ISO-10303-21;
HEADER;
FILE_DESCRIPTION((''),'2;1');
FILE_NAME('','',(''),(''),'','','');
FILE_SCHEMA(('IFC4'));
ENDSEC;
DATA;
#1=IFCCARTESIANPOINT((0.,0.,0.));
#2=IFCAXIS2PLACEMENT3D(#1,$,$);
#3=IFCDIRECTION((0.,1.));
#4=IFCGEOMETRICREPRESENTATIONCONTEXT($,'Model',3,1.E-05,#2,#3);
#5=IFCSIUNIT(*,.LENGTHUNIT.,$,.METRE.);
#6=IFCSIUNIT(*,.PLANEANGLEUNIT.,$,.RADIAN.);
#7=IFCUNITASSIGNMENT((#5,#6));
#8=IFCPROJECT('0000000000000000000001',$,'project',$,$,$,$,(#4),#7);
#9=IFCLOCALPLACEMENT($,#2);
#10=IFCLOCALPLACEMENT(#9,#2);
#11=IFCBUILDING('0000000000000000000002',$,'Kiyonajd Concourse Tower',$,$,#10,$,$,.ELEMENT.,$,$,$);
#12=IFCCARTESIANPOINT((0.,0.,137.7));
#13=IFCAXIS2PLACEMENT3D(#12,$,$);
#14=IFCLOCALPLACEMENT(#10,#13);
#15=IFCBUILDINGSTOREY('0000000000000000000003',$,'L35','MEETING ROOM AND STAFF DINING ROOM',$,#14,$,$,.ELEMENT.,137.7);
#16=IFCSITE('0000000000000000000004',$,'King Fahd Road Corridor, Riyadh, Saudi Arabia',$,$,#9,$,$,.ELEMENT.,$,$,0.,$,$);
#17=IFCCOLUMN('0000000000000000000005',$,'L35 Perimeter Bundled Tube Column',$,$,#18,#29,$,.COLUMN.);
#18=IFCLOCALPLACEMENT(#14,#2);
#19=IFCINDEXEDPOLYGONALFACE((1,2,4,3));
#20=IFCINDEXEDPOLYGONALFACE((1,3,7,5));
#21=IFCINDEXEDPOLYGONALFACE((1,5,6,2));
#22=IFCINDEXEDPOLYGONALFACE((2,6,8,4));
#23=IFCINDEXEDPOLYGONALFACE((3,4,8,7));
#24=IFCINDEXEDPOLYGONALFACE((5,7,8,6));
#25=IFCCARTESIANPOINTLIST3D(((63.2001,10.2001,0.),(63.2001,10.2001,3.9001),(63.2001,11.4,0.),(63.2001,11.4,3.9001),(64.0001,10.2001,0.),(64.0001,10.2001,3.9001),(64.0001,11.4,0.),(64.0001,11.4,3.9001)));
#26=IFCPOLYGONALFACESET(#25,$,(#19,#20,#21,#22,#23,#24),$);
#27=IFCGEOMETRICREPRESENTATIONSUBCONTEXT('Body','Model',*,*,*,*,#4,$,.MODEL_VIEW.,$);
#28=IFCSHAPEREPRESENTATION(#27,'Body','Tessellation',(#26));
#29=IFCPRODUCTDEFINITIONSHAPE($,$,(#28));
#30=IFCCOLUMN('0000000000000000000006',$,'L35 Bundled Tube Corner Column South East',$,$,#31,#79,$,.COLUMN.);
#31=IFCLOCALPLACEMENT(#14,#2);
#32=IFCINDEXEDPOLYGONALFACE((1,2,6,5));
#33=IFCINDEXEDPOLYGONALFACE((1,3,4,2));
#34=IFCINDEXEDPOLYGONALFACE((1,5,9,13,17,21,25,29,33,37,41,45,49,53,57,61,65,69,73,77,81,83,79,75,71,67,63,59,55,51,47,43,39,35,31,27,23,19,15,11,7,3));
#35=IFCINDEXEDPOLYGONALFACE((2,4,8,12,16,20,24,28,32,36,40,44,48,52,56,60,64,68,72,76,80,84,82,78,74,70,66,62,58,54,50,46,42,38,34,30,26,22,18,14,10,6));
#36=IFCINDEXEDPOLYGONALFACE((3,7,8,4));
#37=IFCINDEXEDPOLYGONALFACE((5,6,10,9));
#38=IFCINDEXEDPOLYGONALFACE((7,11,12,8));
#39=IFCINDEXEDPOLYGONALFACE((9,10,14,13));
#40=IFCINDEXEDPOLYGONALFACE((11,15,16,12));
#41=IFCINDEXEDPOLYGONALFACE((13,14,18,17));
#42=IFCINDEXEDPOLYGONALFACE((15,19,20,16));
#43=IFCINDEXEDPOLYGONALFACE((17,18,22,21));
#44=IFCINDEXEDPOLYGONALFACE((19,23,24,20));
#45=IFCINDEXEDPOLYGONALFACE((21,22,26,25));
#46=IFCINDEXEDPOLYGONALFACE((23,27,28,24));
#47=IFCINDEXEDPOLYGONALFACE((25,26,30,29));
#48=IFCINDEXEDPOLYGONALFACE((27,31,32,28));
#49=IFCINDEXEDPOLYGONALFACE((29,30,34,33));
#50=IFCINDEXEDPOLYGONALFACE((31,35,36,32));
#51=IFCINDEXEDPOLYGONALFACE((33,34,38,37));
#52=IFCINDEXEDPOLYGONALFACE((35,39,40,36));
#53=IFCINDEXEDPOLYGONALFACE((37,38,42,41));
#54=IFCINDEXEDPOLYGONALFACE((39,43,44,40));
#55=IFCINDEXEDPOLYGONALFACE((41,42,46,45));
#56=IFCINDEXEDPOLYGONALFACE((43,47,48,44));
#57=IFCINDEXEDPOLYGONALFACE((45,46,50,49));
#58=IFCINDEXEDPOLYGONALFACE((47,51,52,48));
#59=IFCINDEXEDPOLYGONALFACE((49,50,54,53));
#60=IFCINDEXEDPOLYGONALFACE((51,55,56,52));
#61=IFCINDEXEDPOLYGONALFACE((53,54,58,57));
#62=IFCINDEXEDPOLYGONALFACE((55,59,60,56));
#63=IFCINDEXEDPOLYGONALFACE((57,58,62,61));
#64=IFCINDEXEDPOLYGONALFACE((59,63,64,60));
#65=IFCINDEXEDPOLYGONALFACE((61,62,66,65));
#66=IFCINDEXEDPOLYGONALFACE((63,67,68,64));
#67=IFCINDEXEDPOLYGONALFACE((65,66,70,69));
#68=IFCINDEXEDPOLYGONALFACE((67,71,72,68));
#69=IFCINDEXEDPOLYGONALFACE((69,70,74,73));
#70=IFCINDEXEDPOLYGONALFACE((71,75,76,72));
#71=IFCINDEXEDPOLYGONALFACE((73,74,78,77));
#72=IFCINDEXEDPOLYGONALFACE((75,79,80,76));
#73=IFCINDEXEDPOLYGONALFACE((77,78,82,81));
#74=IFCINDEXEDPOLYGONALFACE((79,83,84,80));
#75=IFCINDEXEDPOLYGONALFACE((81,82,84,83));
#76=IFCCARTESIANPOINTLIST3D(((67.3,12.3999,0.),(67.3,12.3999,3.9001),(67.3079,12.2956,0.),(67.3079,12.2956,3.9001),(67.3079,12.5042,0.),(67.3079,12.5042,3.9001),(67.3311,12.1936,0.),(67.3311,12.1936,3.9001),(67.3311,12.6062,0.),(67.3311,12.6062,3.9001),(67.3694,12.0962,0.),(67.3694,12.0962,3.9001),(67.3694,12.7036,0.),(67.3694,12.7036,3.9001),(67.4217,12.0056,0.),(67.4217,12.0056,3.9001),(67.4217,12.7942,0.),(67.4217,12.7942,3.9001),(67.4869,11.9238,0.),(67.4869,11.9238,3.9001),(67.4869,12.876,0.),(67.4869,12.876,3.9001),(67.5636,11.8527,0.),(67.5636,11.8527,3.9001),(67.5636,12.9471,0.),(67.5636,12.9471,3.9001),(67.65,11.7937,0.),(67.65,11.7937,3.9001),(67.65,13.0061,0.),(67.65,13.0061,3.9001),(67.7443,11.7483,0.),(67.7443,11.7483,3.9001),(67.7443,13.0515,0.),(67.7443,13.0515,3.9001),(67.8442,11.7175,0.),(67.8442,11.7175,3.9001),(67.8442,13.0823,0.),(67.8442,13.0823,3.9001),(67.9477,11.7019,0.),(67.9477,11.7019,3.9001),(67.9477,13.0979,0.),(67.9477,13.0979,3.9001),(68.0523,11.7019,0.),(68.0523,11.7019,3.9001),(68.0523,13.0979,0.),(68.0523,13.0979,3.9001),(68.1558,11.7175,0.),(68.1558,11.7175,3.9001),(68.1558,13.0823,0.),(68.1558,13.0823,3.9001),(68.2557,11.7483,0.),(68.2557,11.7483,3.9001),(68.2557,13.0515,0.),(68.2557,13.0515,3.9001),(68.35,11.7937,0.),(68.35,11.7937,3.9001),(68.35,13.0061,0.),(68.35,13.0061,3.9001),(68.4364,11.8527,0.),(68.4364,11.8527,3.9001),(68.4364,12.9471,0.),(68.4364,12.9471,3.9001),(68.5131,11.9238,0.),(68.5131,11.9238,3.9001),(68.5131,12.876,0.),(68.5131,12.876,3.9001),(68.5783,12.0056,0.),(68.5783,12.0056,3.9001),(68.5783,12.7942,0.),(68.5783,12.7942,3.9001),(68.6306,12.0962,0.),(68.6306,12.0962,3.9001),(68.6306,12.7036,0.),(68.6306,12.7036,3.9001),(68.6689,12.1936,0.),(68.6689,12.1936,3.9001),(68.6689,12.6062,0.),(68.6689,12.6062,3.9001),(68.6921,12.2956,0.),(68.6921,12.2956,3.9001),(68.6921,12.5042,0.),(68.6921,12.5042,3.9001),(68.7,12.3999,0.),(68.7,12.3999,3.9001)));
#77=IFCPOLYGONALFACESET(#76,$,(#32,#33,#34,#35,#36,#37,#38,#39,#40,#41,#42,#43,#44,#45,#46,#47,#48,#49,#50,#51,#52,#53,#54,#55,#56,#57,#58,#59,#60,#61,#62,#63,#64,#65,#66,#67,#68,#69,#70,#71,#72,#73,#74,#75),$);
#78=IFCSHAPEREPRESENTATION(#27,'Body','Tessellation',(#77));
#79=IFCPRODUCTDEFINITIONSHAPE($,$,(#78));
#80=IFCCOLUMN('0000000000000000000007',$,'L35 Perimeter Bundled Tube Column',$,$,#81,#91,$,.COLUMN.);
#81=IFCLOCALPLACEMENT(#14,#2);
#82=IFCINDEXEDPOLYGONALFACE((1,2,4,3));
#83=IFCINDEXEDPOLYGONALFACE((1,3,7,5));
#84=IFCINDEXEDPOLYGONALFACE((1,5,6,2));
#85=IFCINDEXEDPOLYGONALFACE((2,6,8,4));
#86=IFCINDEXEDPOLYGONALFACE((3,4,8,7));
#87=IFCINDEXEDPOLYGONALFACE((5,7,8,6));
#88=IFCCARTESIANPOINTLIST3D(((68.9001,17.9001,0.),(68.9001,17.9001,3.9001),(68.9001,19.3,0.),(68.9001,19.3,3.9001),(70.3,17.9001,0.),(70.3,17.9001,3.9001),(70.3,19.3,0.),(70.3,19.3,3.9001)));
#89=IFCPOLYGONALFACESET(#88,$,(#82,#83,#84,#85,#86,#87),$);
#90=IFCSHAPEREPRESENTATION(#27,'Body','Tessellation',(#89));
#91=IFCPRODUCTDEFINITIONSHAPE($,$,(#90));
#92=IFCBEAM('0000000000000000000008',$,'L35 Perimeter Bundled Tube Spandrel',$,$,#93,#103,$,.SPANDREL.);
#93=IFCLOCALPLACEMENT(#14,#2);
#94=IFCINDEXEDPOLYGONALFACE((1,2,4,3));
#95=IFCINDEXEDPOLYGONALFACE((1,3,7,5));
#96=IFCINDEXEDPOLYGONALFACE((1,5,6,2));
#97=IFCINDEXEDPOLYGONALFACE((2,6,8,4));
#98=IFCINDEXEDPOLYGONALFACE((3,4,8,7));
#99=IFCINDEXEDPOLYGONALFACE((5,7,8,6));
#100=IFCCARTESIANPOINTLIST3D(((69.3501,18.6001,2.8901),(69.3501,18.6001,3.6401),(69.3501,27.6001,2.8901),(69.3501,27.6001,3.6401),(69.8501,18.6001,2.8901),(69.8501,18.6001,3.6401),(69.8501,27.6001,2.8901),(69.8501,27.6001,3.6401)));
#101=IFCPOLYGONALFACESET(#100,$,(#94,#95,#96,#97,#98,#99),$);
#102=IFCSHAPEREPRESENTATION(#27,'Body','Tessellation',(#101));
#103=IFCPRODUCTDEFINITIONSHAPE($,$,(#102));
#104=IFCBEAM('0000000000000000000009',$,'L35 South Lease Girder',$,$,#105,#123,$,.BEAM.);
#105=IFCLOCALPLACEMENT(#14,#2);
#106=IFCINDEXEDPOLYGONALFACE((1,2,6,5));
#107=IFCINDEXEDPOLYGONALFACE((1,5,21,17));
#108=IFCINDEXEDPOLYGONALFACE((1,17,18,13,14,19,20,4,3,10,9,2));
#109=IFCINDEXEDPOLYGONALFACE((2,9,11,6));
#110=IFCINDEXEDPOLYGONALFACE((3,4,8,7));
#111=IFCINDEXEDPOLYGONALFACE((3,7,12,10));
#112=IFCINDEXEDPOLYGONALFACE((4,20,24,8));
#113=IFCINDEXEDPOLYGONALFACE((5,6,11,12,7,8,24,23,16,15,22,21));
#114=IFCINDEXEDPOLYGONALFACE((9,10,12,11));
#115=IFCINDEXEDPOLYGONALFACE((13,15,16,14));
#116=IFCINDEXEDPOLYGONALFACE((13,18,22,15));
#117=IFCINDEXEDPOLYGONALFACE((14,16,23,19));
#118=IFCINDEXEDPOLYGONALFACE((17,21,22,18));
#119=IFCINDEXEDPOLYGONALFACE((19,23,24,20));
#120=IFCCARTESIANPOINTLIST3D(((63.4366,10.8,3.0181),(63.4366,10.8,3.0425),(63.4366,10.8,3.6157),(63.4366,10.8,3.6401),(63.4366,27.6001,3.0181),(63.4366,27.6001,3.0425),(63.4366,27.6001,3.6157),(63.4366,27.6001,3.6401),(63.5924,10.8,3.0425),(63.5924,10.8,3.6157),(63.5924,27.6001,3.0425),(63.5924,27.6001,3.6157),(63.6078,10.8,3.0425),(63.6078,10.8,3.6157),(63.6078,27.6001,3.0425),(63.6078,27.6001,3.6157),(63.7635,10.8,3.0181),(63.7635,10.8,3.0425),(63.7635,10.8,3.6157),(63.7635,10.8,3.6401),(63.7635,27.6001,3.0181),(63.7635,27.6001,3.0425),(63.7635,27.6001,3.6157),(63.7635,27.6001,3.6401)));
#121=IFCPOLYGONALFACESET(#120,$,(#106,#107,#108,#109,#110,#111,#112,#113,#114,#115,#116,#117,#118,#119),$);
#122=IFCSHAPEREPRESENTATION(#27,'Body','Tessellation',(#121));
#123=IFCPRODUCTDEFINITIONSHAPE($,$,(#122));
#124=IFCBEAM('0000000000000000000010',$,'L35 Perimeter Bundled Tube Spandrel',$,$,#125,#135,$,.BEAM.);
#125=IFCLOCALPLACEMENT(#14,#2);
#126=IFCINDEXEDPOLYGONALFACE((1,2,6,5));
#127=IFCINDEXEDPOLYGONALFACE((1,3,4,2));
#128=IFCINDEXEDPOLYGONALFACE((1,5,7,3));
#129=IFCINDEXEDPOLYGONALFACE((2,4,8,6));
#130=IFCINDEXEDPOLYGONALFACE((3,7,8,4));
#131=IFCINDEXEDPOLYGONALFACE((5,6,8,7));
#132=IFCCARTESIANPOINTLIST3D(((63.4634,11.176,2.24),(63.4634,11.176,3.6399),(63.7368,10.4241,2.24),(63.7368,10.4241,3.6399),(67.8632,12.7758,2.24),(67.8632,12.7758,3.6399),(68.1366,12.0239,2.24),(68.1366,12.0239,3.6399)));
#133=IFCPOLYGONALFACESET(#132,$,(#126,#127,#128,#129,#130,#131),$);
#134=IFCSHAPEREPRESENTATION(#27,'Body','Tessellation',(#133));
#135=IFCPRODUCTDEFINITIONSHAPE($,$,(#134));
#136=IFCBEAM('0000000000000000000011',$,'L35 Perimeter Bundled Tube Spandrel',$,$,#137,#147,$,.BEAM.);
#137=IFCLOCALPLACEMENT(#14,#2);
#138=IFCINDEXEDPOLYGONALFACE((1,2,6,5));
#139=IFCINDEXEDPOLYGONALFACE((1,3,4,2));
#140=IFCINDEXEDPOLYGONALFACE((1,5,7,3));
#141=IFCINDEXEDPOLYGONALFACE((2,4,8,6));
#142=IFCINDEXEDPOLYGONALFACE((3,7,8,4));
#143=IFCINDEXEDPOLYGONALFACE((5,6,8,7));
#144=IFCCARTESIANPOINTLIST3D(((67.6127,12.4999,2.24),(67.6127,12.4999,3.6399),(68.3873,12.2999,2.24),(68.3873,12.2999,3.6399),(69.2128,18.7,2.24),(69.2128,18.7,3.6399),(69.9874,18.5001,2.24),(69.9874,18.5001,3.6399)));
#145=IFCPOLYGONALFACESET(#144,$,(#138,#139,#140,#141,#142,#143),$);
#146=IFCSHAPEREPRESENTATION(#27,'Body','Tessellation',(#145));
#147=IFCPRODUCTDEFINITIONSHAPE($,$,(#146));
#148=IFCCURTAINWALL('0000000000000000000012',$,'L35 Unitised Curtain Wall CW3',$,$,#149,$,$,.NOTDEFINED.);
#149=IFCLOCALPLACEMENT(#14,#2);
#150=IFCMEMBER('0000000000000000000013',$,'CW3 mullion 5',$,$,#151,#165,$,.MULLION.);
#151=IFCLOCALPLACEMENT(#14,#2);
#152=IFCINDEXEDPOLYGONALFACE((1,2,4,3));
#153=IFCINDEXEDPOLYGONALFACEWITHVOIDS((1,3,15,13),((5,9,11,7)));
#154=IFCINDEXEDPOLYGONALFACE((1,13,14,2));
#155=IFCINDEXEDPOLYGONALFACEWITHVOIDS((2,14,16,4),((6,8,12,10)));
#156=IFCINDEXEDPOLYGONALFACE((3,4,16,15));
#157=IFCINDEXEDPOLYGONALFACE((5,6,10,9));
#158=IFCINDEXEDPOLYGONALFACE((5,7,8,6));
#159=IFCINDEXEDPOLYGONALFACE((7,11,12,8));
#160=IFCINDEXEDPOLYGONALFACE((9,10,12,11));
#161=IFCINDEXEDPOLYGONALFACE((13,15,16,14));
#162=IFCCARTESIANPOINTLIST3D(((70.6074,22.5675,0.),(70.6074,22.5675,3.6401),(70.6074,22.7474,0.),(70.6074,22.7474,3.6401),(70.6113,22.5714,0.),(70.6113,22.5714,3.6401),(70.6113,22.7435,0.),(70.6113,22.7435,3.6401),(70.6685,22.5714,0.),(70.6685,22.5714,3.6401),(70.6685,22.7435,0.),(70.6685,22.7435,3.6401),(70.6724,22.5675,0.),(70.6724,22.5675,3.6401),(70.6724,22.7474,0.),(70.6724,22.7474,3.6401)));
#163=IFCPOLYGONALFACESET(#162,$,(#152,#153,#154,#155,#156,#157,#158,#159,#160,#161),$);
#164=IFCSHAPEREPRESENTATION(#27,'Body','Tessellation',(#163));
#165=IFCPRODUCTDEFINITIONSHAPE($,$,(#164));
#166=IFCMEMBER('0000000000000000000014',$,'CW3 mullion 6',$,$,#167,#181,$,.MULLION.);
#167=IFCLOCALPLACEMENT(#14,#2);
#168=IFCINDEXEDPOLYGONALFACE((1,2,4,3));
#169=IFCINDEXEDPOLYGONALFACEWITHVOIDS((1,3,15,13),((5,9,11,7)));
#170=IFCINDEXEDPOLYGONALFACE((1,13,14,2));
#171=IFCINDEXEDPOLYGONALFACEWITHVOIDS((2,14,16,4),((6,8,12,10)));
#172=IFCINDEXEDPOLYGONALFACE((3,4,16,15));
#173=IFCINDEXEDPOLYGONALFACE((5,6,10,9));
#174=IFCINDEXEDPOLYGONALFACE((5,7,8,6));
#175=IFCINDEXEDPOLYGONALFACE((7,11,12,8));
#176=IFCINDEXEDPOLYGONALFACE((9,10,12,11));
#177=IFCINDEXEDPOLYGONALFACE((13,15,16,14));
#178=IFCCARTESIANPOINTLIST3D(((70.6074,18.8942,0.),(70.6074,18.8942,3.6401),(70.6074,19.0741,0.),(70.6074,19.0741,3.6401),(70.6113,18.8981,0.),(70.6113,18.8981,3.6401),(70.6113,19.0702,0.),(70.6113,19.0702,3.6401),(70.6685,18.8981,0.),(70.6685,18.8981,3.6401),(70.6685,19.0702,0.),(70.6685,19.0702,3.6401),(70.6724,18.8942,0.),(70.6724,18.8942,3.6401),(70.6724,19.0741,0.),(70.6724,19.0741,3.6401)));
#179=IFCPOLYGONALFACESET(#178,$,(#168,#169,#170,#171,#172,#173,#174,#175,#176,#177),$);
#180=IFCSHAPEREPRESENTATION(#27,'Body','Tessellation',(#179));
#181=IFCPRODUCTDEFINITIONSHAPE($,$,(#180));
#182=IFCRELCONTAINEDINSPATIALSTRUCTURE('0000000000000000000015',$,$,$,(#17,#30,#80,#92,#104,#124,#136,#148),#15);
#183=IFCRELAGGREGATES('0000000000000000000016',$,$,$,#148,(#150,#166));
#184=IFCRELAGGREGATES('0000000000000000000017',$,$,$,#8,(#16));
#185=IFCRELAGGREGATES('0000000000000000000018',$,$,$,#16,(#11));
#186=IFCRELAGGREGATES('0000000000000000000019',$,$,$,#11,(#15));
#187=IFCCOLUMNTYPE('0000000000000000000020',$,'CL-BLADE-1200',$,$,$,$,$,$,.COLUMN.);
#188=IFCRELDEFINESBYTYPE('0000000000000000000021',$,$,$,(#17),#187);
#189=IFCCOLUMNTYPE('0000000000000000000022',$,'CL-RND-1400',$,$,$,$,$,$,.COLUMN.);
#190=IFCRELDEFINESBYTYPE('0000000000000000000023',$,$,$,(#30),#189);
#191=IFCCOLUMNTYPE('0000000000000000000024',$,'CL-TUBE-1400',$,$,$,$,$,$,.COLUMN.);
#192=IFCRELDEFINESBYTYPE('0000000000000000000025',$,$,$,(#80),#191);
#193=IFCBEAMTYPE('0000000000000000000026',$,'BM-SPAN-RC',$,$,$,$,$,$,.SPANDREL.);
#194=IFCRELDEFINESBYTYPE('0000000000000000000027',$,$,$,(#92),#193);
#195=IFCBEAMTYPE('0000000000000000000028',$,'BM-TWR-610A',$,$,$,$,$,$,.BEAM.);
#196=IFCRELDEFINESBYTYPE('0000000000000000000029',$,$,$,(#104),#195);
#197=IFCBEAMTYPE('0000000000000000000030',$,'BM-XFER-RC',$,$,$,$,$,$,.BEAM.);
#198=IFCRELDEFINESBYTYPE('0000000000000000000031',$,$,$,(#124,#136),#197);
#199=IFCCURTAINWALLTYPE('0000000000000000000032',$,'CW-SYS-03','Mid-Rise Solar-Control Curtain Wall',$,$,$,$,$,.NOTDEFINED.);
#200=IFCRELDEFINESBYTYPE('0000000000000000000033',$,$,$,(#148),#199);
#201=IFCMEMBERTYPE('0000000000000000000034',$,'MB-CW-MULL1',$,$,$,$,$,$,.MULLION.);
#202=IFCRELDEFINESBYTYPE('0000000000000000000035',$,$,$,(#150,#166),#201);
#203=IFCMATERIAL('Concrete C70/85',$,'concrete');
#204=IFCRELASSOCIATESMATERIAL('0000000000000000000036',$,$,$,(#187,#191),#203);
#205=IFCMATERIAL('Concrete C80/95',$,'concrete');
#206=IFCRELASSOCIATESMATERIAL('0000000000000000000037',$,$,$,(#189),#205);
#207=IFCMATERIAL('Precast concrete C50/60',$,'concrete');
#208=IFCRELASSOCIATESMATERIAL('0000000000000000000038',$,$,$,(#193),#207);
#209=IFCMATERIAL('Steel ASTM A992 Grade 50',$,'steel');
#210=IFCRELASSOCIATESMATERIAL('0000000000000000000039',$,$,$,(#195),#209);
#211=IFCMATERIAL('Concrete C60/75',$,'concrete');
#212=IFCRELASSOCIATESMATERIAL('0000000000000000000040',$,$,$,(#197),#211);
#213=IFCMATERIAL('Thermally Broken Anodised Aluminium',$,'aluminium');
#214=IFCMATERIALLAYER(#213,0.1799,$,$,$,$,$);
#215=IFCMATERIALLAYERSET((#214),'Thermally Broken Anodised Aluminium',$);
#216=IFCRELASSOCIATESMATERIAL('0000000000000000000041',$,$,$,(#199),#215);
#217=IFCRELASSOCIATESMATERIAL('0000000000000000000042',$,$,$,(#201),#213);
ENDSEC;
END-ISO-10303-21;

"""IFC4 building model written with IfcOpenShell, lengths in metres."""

from ifc_helpers import new_model, si_unit, direction, frame, origin, origin_2d, place, context, subcontext, project, spatial, rectangle, hollow_rectangle, circle, i_section, extrude, material, layer, layer_set, material_profile, profile_set, type_object, element, aggregate, save


model = new_model("IFC4")

# Units and contexts
model_context = context("Model", 3, precision=1e-05, world=origin(), true_north=direction((0.0, 1.0)))
body_context = subcontext(model_context, "Body", "Model", "MODEL_VIEW")
ifc_project = project(units=[si_unit("LENGTHUNIT", "METRE"), si_unit("PLANEANGLEUNIT", "RADIAN")], contexts=[model_context])

# Site, building, storey
site_placement = place(None, origin())
site = spatial("IfcSite", under=ifc_project, at=site_placement, Name="King Fahd Road Corridor, Riyadh, Saudi Arabia", CompositionType="ELEMENT", RefElevation=0.0)
building_placement = place(site_placement, origin())
building = spatial("IfcBuilding", under=site, at=building_placement, Name="Kiyonajd Concourse Tower", CompositionType="ELEMENT")
storey_placement = place(building_placement, frame((0.0, 0.0, 137.7)))
storey = spatial("IfcBuildingStorey", under=building, at=storey_placement, Name="L35", Description="MEETING ROOM AND STAFF DINING ROOM", CompositionType="ELEMENT", Elevation=137.7)

# Columns
ifc_material_1 = material(Name="Concrete C70/85", Category="concrete")
ifc_material_profile_1 = material_profile(ifc_material_1, rectangle(XDim=0.8, YDim=1.2, at=origin_2d()), Name="RC-1200x800")
ifc_profile_set_1 = profile_set([ifc_material_profile_1], Name="Concrete C70/85")
column_type_1 = type_object("IfcColumnType", Name="CL-BLADE-1200", PredefinedType="COLUMN", material=ifc_profile_set_1)
column_1_placement = place(storey_placement, frame((63.6001, 10.8, 0.0), z_axis=(0.0, 0.0, 1.0), x_axis=(1.0, 0.0, 0.0)))
element("IfcColumn", 1, at=column_1_placement, inside=storey, type_object=column_type_1, Name="L35 Perimeter Bundled Tube Column", PredefinedType="COLUMN", context=body_context, shape_type="SweptSolid", body=[
    extrude(rectangle(XDim=0.8, YDim=1.2, at=origin_2d()), origin(), (0.0, 0.0, 1.0), 3.9001),
])
ifc_material_2 = material(Name="Concrete C80/95", Category="concrete")
ifc_material_profile_2 = material_profile(ifc_material_2, circle(Radius=0.7, at=origin_2d()), Name="RCC-D1400")
ifc_profile_set_2 = profile_set([ifc_material_profile_2], Name="Concrete C80/95")
column_type_2 = type_object("IfcColumnType", Name="CL-RND-1400", PredefinedType="COLUMN", material=ifc_profile_set_2)
column_2_placement = place(storey_placement, frame((68.0, 12.3999, 0.0), z_axis=(0.0, 0.0, 1.0), x_axis=(1.0, 0.0, 0.0)))
element("IfcColumn", 2, at=column_2_placement, inside=storey, type_object=column_type_2, Name="L35 Bundled Tube Corner Column South East", PredefinedType="COLUMN", context=body_context, shape_type="SweptSolid", body=[
    extrude(circle(Radius=0.7, at=origin_2d()), origin(), (0.0, 0.0, 1.0), 3.9001),
])
ifc_material_profile_3 = material_profile(ifc_material_1, rectangle(XDim=1.3999, YDim=1.3999, at=origin_2d()), Name="RC-1400x1400")
ifc_profile_set_3 = profile_set([ifc_material_profile_3], Name="Concrete C70/85")
column_type_3 = type_object("IfcColumnType", Name="CL-TUBE-1400", PredefinedType="COLUMN", material=ifc_profile_set_3)
column_3_placement = place(storey_placement, frame((69.6001, 18.6001, 0.0), z_axis=(0.0, 0.0, 1.0), x_axis=(1.0, 0.0, 0.0)))
element("IfcColumn", 3, at=column_3_placement, inside=storey, type_object=column_type_3, Name="L35 Perimeter Bundled Tube Column", PredefinedType="COLUMN", context=body_context, shape_type="SweptSolid", body=[
    extrude(rectangle(XDim=1.3999, YDim=1.3999, at=origin_2d()), origin(), (0.0, 0.0, 1.0), 3.9001),
])

# Beams
ifc_material_3 = material(Name="Precast concrete C50/60", Category="concrete")
ifc_material_profile_4 = material_profile(ifc_material_3, rectangle(XDim=0.5, YDim=0.75, at=origin_2d()), Name="RCBM-500x750")
ifc_profile_set_4 = profile_set([ifc_material_profile_4], Name="Precast concrete C50/60")
beam_type_1 = type_object("IfcBeamType", Name="BM-SPAN-RC", PredefinedType="SPANDREL", material=ifc_profile_set_4)
beam_1_placement = place(storey_placement, frame((69.6001, 18.6001, 3.2651), z_axis=(0.0, 1.0, 0.0), x_axis=(-1.0, 0.0, 0.0)))
element("IfcBeam", 4, at=beam_1_placement, inside=storey, type_object=beam_type_1, Name="L35 Perimeter Bundled Tube Spandrel", PredefinedType="SPANDREL", context=body_context, shape_type="SweptSolid", body=[
    extrude(rectangle(XDim=0.5, YDim=0.75, at=origin_2d()), origin(), (0.0, 0.0, 1.0), 9.0),
])
ifc_material_4 = material(Name="Steel ASTM A992 Grade 50", Category="steel")
ifc_material_profile_5 = material_profile(ifc_material_4, i_section(OverallWidth=0.3269, OverallDepth=0.6221, WebThickness=0.0154, FlangeThickness=0.0244, at=origin_2d()), Name="W610X195")
ifc_profile_set_5 = profile_set([ifc_material_profile_5], Name="Steel ASTM A992 Grade 50")
beam_type_2 = type_object("IfcBeamType", Name="BM-TWR-610A", PredefinedType="BEAM", material=ifc_profile_set_5)
beam_2_placement = place(storey_placement, frame((63.6001, 10.8, 3.3291), z_axis=(0.0, 1.0, 0.0), x_axis=(-1.0, 0.0, 0.0)))
element("IfcBeam", 5, at=beam_2_placement, inside=storey, type_object=beam_type_2, Name="L35 South Lease Girder", PredefinedType="BEAM", context=body_context, shape_type="SweptSolid", body=[
    extrude(i_section(OverallWidth=0.3269, OverallDepth=0.6221, WebThickness=0.0154, FlangeThickness=0.0244, at=origin_2d()), origin(), (0.0, 0.0, 1.0), 16.8),
])
ifc_material_5 = material(Name="Concrete C60/75", Category="concrete")
ifc_material_profile_6 = material_profile(ifc_material_5, rectangle(XDim=0.8, YDim=1.3999, at=origin_2d()), Name="RCBM-800x1400")
ifc_profile_set_6 = profile_set([ifc_material_profile_6], Name="Concrete C60/75")
beam_type_3 = type_object("IfcBeamType", Name="BM-XFER-RC", PredefinedType="BEAM", material=ifc_profile_set_6)
beam_3_placement = place(storey_placement, frame((63.6001, 10.8, 2.9399), z_axis=(0.939801, 0.341722, 0.0), x_axis=(-0.341722, 0.939801, 0.0)))
element("IfcBeam", 6, at=beam_3_placement, inside=storey, type_object=beam_type_3, Name="L35 Perimeter Bundled Tube Spandrel", PredefinedType="BEAM", context=body_context, shape_type="SweptSolid", body=[
    extrude(rectangle(XDim=0.8, YDim=1.3999, at=origin_2d()), origin(), (0.0, 0.0, 1.0), 4.6816),
])
beam_4_placement = place(storey_placement, frame((68.0, 12.3999, 2.9399), z_axis=(0.249885, 0.968276, 0.0), x_axis=(-0.968276, 0.249885, 0.0)))
element("IfcBeam", 7, at=beam_4_placement, inside=storey, type_object=beam_type_3, Name="L35 Perimeter Bundled Tube Spandrel", PredefinedType="BEAM", context=body_context, shape_type="SweptSolid", body=[
    extrude(rectangle(XDim=0.8, YDim=1.3999, at=origin_2d()), origin(), (0.0, 0.0, 1.0), 6.4033),
])

# Curtain wall, members
ifc_material_6 = material(Name="Thermally Broken Anodised Aluminium", Category="aluminium")
ifc_layer_1 = layer(ifc_material_6, 0.1799)
ifc_layer_set_1 = layer_set([ifc_layer_1], Name="Thermally Broken Anodised Aluminium")
curtain_wall_type = type_object("IfcCurtainWallType", Name="CW-SYS-03", Description="Mid-Rise Solar-Control Curtain Wall", PredefinedType="NOTDEFINED", material=ifc_layer_set_1)
curtain_wall_placement = place(storey_placement, origin())
curtain_wall = element("IfcCurtainWall", 8, at=curtain_wall_placement, inside=storey, type_object=curtain_wall_type, Name="L35 Unitised Curtain Wall CW3", PredefinedType="NOTDEFINED")
ifc_material_profile_7 = material_profile(ifc_material_6, hollow_rectangle(XDim=0.0649, YDim=0.1799, WallThickness=0.0039, at=origin_2d()), Name="MULL-65x180")
ifc_profile_set_7 = profile_set([ifc_material_profile_7], Name="Thermally Broken Anodised Aluminium")
member_type_1 = type_object("IfcMemberType", Name="MB-CW-MULL1", PredefinedType="MULLION", material=ifc_profile_set_7)
member_1_placement = place(storey_placement, frame((70.6399, 22.6575, 0.0), z_axis=(0.0, 0.0, 1.0), x_axis=(1.0, 0.0, 0.0)))
member_1 = element("IfcMember", 9, at=member_1_placement, type_object=member_type_1, Name="CW3 mullion 5", PredefinedType="MULLION", context=body_context, shape_type="SweptSolid", body=[
    extrude(hollow_rectangle(XDim=0.0649, YDim=0.1799, WallThickness=0.0039, at=origin_2d()), origin(), (0.0, 0.0, 1.0), 3.6401),
])
member_2_placement = place(storey_placement, frame((70.6399, 18.9841, 0.0), z_axis=(0.0, 0.0, 1.0), x_axis=(1.0, 0.0, 0.0)))
member_2 = element("IfcMember", 10, at=member_2_placement, type_object=member_type_1, Name="CW3 mullion 6", PredefinedType="MULLION", context=body_context, shape_type="SweptSolid", body=[
    extrude(hollow_rectangle(XDim=0.0649, YDim=0.1799, WallThickness=0.0039, at=origin_2d()), origin(), (0.0, 0.0, 1.0), 3.6401),
])
aggregate(curtain_wall, [member_1, member_2])

save(model, "model.ifc")
